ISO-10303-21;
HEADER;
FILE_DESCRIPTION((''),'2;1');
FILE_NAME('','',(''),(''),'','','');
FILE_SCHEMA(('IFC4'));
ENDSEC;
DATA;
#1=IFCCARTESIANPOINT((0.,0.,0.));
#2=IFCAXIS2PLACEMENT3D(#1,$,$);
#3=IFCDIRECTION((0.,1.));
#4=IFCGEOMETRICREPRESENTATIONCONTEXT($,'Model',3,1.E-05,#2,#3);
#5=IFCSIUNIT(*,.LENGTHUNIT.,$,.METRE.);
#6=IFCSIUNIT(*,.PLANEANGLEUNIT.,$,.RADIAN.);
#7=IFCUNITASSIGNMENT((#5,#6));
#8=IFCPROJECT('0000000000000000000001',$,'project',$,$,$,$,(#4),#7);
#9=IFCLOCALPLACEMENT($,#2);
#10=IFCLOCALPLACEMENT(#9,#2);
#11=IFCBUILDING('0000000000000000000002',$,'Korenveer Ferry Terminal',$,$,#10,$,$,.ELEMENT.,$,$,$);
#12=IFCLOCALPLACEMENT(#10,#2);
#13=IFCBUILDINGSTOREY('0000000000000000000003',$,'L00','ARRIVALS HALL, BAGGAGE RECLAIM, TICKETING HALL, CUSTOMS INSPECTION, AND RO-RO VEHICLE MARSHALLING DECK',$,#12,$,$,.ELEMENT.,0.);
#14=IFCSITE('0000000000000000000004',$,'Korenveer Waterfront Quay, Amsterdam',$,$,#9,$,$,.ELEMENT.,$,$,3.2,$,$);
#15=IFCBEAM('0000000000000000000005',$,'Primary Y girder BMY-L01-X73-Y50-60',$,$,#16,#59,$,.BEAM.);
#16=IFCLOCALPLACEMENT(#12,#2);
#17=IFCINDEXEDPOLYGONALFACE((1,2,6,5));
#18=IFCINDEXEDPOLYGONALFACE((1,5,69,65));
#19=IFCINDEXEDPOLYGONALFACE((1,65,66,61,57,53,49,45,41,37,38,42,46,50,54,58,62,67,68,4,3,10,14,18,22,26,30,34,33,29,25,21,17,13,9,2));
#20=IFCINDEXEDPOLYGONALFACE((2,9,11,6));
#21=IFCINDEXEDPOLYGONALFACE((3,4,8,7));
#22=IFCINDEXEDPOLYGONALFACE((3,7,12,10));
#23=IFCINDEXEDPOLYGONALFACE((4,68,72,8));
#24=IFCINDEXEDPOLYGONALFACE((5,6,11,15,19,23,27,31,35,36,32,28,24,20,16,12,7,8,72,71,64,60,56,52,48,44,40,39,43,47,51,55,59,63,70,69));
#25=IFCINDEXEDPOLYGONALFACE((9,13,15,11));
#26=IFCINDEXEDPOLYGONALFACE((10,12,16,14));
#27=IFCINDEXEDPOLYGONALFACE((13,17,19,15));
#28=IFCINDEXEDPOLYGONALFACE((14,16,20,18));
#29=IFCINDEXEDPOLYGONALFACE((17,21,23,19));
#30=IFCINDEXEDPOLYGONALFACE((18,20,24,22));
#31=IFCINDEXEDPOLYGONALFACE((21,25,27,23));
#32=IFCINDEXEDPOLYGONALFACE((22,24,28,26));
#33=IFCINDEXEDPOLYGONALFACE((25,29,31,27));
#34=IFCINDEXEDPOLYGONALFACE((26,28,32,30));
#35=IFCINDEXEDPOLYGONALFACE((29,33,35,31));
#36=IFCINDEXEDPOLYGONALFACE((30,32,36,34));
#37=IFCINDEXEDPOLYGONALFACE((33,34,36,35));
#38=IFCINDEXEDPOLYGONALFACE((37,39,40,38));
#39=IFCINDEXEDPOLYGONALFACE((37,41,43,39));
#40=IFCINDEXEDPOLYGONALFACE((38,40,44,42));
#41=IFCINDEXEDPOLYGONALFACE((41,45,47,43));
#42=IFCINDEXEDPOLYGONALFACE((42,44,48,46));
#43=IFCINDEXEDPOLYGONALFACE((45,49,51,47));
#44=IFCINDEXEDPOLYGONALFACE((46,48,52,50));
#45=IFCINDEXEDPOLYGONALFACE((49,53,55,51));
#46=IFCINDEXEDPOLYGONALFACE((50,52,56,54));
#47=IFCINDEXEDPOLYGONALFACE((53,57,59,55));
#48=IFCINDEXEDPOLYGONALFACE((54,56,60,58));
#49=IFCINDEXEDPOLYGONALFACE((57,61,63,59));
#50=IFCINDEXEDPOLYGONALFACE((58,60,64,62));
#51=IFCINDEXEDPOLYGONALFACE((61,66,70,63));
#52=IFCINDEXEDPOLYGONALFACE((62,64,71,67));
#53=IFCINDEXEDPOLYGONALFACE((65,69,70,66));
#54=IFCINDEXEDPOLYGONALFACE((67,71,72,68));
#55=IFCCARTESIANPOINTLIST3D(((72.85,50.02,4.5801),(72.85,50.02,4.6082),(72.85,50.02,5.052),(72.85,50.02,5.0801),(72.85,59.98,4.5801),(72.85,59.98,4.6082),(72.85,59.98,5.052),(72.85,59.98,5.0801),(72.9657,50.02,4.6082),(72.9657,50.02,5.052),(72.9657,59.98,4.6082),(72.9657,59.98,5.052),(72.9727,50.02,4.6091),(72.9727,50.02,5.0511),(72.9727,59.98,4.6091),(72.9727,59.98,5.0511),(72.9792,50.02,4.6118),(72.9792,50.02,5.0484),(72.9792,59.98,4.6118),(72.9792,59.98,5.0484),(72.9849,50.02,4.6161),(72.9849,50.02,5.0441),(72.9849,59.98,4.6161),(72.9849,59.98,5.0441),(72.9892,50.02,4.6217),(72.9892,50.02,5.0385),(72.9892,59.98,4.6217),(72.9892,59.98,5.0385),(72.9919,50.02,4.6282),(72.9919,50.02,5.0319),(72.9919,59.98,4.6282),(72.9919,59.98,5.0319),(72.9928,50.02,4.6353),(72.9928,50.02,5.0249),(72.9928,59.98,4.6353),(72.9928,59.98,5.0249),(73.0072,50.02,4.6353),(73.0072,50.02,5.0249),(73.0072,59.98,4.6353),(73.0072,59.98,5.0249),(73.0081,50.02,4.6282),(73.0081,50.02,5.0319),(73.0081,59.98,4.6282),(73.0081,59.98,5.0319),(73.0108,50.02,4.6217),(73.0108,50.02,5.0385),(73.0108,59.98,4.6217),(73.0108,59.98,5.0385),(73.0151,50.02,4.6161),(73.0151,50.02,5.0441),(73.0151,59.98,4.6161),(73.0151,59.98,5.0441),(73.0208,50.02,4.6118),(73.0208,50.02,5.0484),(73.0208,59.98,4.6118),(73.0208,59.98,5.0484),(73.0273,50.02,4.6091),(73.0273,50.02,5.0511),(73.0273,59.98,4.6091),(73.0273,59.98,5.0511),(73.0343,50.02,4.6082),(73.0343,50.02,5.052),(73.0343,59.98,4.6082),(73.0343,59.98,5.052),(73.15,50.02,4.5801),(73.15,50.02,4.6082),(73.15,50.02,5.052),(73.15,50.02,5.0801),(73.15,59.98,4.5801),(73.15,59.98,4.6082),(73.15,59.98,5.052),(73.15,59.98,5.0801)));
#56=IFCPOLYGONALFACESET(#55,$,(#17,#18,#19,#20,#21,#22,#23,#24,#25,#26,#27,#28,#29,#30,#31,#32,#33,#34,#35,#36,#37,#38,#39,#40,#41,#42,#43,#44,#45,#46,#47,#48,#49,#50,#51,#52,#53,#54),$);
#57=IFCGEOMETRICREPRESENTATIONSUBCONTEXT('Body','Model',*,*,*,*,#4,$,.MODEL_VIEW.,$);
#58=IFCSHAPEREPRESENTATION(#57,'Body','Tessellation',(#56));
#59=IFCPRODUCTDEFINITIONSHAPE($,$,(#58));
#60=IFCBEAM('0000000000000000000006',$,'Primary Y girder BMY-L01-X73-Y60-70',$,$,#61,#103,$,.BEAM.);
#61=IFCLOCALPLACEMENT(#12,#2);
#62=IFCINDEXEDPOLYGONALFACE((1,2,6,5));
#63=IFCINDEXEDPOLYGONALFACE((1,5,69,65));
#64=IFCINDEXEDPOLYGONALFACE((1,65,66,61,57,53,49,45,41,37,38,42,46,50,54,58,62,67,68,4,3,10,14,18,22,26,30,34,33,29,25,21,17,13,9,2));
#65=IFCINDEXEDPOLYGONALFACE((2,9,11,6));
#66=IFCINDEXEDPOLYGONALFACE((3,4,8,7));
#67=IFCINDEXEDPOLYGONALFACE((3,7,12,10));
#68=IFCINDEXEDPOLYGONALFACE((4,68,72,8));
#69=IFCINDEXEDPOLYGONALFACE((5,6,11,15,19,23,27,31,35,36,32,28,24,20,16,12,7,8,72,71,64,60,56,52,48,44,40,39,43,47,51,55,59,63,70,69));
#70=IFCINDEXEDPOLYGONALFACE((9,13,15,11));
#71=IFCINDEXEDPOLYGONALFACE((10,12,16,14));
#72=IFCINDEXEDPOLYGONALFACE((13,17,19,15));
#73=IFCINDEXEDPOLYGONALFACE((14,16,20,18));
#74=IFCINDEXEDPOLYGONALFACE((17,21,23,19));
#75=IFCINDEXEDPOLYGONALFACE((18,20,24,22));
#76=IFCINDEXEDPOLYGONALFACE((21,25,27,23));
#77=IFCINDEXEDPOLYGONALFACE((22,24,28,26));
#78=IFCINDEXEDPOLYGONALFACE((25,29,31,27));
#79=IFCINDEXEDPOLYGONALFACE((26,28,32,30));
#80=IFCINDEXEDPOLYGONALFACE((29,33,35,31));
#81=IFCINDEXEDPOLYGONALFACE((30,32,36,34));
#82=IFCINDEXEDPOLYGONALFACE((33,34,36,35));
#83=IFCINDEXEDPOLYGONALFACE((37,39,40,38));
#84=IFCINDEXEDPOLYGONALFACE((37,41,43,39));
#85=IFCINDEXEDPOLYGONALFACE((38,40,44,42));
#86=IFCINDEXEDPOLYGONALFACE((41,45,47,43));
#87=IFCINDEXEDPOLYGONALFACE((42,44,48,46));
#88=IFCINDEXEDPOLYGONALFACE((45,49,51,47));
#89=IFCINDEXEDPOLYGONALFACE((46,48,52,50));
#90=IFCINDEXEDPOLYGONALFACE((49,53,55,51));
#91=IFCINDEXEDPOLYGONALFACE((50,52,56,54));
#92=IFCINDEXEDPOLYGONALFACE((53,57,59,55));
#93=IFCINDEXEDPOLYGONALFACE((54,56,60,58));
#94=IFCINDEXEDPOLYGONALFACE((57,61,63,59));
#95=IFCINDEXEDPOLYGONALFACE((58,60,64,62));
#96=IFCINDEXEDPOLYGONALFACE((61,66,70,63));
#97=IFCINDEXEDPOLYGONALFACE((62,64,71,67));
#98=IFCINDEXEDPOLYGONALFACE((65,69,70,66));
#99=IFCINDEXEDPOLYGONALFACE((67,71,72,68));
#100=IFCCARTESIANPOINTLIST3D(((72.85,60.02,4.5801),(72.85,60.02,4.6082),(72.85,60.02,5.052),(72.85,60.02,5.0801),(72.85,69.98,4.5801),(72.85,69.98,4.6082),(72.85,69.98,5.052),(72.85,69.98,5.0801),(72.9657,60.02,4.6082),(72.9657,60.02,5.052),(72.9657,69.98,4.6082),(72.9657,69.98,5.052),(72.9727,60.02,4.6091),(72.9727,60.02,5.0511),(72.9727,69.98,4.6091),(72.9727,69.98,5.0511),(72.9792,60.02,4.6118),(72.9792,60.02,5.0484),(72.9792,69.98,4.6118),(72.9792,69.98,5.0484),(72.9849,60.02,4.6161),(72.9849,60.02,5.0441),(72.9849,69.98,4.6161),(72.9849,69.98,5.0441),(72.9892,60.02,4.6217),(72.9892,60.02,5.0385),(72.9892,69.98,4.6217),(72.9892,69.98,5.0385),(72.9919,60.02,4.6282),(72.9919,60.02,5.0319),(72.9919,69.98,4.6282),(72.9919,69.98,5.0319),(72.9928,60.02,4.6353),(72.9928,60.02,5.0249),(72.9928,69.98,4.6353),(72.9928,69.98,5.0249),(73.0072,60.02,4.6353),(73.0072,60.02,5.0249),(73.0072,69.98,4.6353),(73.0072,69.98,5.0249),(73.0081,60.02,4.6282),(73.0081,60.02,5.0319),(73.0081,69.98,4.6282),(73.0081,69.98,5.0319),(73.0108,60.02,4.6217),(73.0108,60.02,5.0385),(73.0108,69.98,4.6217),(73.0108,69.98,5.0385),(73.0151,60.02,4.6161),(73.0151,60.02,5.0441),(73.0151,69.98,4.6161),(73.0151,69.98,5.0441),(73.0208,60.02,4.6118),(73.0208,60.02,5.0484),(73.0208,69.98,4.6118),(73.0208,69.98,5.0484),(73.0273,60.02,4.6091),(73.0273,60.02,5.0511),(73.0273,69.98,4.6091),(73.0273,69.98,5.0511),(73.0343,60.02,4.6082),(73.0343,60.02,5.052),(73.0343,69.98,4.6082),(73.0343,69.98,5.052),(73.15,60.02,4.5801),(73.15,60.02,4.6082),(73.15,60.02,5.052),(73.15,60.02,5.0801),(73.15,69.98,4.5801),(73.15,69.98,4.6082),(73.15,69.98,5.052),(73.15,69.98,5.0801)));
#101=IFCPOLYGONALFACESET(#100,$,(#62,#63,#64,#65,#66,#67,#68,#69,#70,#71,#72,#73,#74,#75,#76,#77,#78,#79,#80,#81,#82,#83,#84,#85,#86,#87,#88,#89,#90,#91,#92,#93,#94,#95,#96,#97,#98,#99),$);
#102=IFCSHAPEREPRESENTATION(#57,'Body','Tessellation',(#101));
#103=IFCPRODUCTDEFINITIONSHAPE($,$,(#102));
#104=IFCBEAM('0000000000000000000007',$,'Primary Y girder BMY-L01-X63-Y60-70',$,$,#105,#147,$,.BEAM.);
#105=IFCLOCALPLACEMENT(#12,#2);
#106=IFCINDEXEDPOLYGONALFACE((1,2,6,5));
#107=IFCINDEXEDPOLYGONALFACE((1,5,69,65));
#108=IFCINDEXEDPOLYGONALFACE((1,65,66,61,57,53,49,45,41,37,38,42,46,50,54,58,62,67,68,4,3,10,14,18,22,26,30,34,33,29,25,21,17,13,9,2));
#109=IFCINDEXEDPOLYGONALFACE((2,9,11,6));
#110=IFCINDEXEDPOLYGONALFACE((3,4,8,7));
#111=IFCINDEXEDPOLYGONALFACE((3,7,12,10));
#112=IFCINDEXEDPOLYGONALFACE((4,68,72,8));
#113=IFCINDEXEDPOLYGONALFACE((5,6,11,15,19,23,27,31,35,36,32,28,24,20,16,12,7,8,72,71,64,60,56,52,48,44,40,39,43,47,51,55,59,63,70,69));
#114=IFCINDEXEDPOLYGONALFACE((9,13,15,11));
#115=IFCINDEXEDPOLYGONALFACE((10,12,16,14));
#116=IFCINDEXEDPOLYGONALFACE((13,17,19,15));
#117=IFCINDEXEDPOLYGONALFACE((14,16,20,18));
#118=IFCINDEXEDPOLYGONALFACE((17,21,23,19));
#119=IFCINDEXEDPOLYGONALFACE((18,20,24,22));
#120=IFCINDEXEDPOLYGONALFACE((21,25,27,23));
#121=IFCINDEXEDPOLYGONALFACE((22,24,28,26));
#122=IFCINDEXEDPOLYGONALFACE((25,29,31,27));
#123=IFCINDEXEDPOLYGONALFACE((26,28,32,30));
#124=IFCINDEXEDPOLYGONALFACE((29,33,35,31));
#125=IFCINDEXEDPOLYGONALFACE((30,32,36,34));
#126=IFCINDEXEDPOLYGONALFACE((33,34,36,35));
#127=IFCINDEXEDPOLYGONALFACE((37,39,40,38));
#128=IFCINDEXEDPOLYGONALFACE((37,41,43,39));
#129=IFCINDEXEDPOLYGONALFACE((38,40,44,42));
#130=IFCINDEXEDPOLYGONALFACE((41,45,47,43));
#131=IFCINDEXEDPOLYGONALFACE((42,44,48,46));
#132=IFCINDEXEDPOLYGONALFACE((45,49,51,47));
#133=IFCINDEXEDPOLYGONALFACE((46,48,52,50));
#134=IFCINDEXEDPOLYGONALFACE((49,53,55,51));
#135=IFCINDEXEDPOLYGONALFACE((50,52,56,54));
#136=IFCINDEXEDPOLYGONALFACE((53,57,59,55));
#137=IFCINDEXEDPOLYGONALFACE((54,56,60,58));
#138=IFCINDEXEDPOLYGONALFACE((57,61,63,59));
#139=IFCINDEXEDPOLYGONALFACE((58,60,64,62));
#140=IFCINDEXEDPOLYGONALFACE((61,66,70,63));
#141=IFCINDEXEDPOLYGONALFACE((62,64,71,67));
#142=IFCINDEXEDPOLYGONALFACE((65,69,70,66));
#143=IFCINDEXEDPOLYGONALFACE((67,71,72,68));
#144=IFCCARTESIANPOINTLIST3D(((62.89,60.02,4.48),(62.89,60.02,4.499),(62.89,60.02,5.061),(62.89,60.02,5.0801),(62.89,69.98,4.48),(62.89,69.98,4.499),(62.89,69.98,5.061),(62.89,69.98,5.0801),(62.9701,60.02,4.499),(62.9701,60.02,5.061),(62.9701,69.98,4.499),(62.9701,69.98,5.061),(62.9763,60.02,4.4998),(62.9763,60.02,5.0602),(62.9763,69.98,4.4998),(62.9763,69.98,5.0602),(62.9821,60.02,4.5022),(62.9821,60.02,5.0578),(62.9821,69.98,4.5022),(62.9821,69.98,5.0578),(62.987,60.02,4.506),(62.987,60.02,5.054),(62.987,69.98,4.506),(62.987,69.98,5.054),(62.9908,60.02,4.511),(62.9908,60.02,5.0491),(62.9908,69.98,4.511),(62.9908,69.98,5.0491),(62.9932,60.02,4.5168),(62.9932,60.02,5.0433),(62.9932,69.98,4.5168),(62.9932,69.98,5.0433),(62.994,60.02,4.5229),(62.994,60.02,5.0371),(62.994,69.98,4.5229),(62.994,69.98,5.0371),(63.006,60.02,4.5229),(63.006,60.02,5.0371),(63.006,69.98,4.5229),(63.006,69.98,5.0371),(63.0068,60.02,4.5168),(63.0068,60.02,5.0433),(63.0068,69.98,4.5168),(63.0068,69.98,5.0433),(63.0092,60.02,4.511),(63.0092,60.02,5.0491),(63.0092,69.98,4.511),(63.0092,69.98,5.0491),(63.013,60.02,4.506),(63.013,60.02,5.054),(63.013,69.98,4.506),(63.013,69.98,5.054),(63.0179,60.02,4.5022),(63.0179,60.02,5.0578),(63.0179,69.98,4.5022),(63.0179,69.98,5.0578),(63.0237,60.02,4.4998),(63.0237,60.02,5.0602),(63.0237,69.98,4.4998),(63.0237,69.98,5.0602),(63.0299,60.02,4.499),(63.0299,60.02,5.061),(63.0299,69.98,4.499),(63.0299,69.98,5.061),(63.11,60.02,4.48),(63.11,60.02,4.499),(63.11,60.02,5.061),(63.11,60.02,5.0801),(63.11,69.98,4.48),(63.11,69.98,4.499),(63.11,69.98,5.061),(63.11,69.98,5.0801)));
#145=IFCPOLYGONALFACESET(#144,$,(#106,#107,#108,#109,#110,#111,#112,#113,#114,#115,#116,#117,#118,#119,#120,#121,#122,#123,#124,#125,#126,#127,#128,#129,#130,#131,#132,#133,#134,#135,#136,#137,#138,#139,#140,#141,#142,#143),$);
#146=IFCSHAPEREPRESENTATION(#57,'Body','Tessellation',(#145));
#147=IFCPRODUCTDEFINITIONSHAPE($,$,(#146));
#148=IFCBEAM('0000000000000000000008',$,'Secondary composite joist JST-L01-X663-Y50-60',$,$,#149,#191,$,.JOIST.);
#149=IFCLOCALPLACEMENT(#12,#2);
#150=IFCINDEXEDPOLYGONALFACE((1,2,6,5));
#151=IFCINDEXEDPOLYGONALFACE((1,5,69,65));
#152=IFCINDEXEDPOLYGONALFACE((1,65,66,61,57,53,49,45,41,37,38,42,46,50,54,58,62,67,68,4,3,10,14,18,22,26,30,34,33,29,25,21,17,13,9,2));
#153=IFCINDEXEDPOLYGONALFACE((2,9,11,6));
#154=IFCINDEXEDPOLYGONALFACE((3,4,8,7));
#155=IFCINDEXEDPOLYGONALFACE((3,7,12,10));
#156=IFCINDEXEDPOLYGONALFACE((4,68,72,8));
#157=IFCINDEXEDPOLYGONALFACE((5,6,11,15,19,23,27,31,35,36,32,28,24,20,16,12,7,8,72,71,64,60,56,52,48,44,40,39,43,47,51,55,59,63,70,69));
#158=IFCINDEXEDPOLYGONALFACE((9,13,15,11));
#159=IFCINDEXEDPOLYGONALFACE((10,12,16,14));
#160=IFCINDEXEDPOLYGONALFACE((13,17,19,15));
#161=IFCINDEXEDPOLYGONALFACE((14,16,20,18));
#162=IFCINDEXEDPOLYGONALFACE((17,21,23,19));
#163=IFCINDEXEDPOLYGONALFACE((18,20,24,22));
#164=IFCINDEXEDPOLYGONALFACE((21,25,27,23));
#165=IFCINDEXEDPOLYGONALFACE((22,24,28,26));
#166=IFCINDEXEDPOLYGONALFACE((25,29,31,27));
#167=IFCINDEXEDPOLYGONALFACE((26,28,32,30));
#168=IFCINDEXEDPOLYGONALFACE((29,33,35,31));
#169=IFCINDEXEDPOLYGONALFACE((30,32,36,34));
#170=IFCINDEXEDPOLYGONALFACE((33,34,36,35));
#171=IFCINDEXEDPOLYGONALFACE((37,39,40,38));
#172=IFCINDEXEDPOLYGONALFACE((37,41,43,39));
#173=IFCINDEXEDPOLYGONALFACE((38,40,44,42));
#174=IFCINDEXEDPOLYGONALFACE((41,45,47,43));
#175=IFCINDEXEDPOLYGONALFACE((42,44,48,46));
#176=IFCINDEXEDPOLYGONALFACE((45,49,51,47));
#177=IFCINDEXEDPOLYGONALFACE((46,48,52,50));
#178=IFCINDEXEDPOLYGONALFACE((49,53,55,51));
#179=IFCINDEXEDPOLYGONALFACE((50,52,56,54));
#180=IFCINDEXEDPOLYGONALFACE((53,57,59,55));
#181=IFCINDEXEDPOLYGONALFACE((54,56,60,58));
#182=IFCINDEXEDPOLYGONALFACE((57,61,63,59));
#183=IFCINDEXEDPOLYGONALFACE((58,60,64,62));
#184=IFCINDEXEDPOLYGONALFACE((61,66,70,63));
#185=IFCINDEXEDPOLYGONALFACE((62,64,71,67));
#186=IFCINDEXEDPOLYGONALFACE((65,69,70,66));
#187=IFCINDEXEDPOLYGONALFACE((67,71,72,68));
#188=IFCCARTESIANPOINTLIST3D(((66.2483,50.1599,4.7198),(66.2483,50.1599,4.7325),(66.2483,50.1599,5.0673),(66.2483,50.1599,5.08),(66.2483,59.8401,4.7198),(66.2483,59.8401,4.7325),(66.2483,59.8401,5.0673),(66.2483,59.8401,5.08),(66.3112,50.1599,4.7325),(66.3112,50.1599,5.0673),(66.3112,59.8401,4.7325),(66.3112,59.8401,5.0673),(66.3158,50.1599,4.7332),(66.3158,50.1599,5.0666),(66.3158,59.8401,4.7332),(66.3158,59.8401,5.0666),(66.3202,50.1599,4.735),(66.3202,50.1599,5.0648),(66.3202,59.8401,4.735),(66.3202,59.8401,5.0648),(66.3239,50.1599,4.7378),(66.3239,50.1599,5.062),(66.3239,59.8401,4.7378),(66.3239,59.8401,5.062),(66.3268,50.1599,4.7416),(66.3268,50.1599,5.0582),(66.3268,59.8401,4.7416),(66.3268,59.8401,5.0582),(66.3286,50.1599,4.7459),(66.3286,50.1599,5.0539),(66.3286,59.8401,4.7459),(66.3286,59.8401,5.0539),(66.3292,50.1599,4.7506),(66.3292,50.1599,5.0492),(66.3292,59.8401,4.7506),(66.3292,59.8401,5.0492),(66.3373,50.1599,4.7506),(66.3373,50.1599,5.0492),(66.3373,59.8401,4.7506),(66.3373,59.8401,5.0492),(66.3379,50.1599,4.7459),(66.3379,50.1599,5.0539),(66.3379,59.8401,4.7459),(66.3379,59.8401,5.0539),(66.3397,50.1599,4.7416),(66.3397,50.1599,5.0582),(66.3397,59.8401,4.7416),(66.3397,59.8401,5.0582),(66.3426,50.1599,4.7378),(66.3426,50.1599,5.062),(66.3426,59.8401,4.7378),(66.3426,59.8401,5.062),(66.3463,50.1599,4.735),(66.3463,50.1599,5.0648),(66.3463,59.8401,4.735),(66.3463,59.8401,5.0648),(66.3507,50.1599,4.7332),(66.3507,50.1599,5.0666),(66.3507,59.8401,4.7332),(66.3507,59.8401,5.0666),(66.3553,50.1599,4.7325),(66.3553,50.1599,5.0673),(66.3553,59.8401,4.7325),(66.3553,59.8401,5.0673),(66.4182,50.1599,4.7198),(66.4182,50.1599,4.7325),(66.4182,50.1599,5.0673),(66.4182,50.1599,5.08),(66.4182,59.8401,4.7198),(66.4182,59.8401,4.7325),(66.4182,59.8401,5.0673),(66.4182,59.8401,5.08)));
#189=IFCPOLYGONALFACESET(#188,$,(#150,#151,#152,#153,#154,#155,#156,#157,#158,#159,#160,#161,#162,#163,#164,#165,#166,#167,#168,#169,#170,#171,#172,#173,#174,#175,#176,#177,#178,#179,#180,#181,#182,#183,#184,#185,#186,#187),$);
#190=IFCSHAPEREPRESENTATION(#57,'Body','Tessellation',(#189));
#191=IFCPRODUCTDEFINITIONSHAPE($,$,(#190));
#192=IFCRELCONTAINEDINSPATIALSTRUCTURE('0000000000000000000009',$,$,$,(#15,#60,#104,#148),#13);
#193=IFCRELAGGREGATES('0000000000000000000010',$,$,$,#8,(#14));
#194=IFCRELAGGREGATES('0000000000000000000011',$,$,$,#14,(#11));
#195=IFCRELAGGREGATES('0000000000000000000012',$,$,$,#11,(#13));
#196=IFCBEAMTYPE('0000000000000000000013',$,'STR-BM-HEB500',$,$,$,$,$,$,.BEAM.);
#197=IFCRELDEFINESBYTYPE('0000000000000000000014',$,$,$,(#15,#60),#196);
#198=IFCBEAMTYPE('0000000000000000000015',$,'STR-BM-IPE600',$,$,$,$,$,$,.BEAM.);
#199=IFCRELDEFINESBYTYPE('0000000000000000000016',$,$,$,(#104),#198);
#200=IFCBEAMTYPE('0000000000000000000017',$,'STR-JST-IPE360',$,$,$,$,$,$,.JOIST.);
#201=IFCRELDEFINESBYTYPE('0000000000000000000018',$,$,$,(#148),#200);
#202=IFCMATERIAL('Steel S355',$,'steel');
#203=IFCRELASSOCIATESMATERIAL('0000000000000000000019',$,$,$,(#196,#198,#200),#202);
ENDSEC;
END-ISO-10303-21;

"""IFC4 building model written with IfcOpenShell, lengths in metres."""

from ifc_helpers import new_model, si_unit, direction, frame, origin, origin_2d, place, context, subcontext, project, spatial, i_section, extrude, material, material_profile, profile_set, type_object, element, save


model = new_model("IFC4")

# Units and contexts
model_context = context("Model", 3, precision=1e-05, world=origin(), true_north=direction((0.0, 1.0)))
body_context = subcontext(model_context, "Body", "Model", "MODEL_VIEW")
ifc_project = project(units=[si_unit("LENGTHUNIT", "METRE"), si_unit("PLANEANGLEUNIT", "RADIAN")], contexts=[model_context])

# Site, building, storey
site_placement = place(None, origin())
site = spatial("IfcSite", under=ifc_project, at=site_placement, Name="Korenveer Waterfront Quay, Amsterdam", CompositionType="ELEMENT", RefElevation=3.2)
building_placement = place(site_placement, origin())
building = spatial("IfcBuilding", under=site, at=building_placement, Name="Korenveer Ferry Terminal", CompositionType="ELEMENT")
storey_placement = place(building_placement, origin())
storey = spatial("IfcBuildingStorey", under=building, at=storey_placement, Name="L00", Description="ARRIVALS HALL, BAGGAGE RECLAIM, TICKETING HALL, CUSTOMS INSPECTION, AND RO-RO VEHICLE MARSHALLING DECK", CompositionType="ELEMENT", Elevation=0.0)

# Shared definitions
ifc_material_1 = material(Name="Steel S355", Category="steel")

# Beams
ifc_material_profile_1 = material_profile(ifc_material_1, i_section(OverallWidth=0.3, OverallDepth=0.5, WebThickness=0.0144, FlangeThickness=0.0281, FilletRadius=0.0271, at=origin_2d()), Name="HEB 500")
ifc_profile_set_1 = profile_set([ifc_material_profile_1], Name="Steel S355")
beam_type_1 = type_object("IfcBeamType", Name="STR-BM-HEB500", PredefinedType="BEAM", material=ifc_profile_set_1)
for number, where, z_axis, x_axis, name in (
    (1, (73.0, 50.02, 4.8301), (0.0, 1.0, 0.0), (-1.0, 0.0, 0.0), "Primary Y girder BMY-L01-X73-Y50-60"),
    (2, (73.0, 60.02, 4.8301), (0.0, 1.0, 0.0), (-1.0, 0.0, 0.0), "Primary Y girder BMY-L01-X73-Y60-70"),
):
    element("IfcBeam", number, at=place(storey_placement, frame(where, z_axis=z_axis, x_axis=x_axis)), inside=storey, type_object=beam_type_1, Name=name, PredefinedType="BEAM", context=body_context, shape_type="SweptSolid", body=[
        extrude(i_section(OverallWidth=0.3, OverallDepth=0.5, WebThickness=0.0144, FlangeThickness=0.0281, FilletRadius=0.0271, at=origin_2d()), origin(), (0.0, 0.0, 1.0), 9.96),
    ])
ifc_material_profile_2 = material_profile(ifc_material_1, i_section(OverallWidth=0.22, OverallDepth=0.6001, WebThickness=0.012, FlangeThickness=0.019, FilletRadius=0.0239, at=origin_2d()), Name="IPE 600")
ifc_profile_set_2 = profile_set([ifc_material_profile_2], Name="Steel S355")
beam_type_2 = type_object("IfcBeamType", Name="STR-BM-IPE600", PredefinedType="BEAM", material=ifc_profile_set_2)
beam_placement = place(storey_placement, frame((63.0, 60.02, 4.78), z_axis=(0.0, 1.0, 0.0), x_axis=(-1.0, 0.0, 0.0)))
element("IfcBeam", 3, at=beam_placement, inside=storey, type_object=beam_type_2, Name="Primary Y girder BMY-L01-X63-Y60-70", PredefinedType="BEAM", context=body_context, shape_type="SweptSolid", body=[
    extrude(i_section(OverallWidth=0.22, OverallDepth=0.6001, WebThickness=0.012, FlangeThickness=0.019, FilletRadius=0.0239, at=origin_2d()), origin(), (0.0, 0.0, 1.0), 9.96),
])
ifc_material_profile_3 = material_profile(ifc_material_1, i_section(OverallWidth=0.1699, OverallDepth=0.3601, WebThickness=0.0081, FlangeThickness=0.0127, FilletRadius=0.0181, at=origin_2d()), Name="IPE 360")
ifc_profile_set_3 = profile_set([ifc_material_profile_3], Name="Steel S355")
beam_type_3 = type_object("IfcBeamType", Name="STR-JST-IPE360", PredefinedType="JOIST", material=ifc_profile_set_3)
for number, where, z_axis, x_axis, name in (
    (4, (66.3333, 50.1599, 4.8999), (0.0, 1.0, 0.0), (-1.0, 0.0, 0.0), "Secondary composite joist JST-L01-X663-Y50-60"),
):
    element("IfcBeam", number, at=place(storey_placement, frame(where, z_axis=z_axis, x_axis=x_axis)), inside=storey, type_object=beam_type_3, Name=name, PredefinedType="JOIST", context=body_context, shape_type="SweptSolid", body=[
        extrude(i_section(OverallWidth=0.1699, OverallDepth=0.3601, WebThickness=0.0081, FlangeThickness=0.0127, FilletRadius=0.0181, at=origin_2d()), origin(), (0.0, 0.0, 1.0), 9.6802),
    ])

save(model, "model.ifc")
